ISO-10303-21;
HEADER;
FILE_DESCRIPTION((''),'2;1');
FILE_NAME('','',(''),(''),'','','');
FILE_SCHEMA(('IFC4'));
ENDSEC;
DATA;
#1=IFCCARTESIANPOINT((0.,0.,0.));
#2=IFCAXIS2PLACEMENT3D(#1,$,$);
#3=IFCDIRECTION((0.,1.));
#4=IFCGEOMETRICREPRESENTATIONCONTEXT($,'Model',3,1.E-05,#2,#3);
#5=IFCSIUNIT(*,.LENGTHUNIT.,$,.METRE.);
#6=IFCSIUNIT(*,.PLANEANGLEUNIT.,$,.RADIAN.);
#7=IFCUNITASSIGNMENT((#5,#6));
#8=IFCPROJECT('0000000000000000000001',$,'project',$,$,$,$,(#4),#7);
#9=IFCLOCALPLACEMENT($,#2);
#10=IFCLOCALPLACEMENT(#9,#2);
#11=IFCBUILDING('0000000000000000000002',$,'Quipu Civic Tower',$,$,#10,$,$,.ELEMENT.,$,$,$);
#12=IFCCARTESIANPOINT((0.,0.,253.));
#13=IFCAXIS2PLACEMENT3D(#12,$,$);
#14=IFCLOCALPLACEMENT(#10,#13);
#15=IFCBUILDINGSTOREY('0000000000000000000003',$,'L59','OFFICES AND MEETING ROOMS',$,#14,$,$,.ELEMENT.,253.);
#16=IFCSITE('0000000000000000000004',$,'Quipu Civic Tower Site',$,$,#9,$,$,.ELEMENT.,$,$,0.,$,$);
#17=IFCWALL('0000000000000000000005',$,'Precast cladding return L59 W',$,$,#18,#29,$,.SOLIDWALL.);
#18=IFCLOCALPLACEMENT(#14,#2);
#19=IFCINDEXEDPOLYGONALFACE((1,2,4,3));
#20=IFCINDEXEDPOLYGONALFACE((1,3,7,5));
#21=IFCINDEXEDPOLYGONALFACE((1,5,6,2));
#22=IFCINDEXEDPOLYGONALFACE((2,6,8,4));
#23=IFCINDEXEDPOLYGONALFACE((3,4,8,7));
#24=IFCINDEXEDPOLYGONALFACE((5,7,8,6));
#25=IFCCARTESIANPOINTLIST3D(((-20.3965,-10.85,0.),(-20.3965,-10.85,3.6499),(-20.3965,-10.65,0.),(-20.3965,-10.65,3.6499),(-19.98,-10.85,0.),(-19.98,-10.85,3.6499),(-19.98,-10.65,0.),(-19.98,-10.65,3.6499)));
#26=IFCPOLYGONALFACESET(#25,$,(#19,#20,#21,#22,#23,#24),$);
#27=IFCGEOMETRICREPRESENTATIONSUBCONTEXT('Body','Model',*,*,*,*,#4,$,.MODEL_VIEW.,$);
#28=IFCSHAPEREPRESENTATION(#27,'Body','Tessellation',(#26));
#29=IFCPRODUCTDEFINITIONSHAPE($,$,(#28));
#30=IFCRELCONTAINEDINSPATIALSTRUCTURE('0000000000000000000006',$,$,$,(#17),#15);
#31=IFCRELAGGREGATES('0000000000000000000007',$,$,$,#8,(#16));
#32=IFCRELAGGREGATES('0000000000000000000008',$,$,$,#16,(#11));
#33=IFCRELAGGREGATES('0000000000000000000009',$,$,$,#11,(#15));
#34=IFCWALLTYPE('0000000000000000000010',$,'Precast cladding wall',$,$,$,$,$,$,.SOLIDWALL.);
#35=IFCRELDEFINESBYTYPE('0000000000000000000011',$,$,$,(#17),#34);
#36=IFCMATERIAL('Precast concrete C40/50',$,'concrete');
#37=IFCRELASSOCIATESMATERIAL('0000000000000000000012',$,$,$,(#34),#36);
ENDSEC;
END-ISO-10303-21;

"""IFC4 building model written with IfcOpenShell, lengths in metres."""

from ifc_helpers import new_model, si_unit, direction, frame, frame_2d, origin, place, context, subcontext, project, spatial, rectangle, extrude, material, type_object, element, save


model = new_model("IFC4")

# Units and contexts
model_context = context("Model", 3, precision=1e-05, world=origin(), true_north=direction((0.0, 1.0)))
body_context = subcontext(model_context, "Body", "Model", "MODEL_VIEW")
ifc_project = project(units=[si_unit("LENGTHUNIT", "METRE"), si_unit("PLANEANGLEUNIT", "RADIAN")], contexts=[model_context])

# Site, building, storey
site_placement = place(None, origin())
site = spatial("IfcSite", under=ifc_project, at=site_placement, Name="Quipu Civic Tower Site", CompositionType="ELEMENT", RefElevation=0.0)
building_placement = place(site_placement, origin())
building = spatial("IfcBuilding", under=site, at=building_placement, Name="Quipu Civic Tower", CompositionType="ELEMENT")
storey_placement = place(building_placement, frame((0.0, 0.0, 253.0)))
storey = spatial("IfcBuildingStorey", under=building, at=storey_placement, Name="L59", Description="OFFICES AND MEETING ROOMS", CompositionType="ELEMENT", Elevation=253.0)

# Wall
ifc_material_1 = material(Name="Precast concrete C40/50", Category="concrete")
wall_type_1 = type_object("IfcWallType", Name="Precast cladding wall", PredefinedType="SOLIDWALL", material=ifc_material_1)
wall_1_placement = place(storey_placement, frame((-19.98, -10.75, 0.0), z_axis=(0.0, 0.0, 1.0), x_axis=(-1.0, 0.0, 0.0)))
element("IfcWall", 1, at=wall_1_placement, inside=storey, type_object=wall_type_1, Name="Precast cladding return L59 W", PredefinedType="SOLIDWALL", context=body_context, shape_type="SweptSolid", body=[
    extrude(rectangle(XDim=0.4165, YDim=0.2, at=frame_2d((0.2083, 0.0))), origin(), (0.0, 0.0, 1.0), 3.6499),
])

save(model, "model.ifc")
